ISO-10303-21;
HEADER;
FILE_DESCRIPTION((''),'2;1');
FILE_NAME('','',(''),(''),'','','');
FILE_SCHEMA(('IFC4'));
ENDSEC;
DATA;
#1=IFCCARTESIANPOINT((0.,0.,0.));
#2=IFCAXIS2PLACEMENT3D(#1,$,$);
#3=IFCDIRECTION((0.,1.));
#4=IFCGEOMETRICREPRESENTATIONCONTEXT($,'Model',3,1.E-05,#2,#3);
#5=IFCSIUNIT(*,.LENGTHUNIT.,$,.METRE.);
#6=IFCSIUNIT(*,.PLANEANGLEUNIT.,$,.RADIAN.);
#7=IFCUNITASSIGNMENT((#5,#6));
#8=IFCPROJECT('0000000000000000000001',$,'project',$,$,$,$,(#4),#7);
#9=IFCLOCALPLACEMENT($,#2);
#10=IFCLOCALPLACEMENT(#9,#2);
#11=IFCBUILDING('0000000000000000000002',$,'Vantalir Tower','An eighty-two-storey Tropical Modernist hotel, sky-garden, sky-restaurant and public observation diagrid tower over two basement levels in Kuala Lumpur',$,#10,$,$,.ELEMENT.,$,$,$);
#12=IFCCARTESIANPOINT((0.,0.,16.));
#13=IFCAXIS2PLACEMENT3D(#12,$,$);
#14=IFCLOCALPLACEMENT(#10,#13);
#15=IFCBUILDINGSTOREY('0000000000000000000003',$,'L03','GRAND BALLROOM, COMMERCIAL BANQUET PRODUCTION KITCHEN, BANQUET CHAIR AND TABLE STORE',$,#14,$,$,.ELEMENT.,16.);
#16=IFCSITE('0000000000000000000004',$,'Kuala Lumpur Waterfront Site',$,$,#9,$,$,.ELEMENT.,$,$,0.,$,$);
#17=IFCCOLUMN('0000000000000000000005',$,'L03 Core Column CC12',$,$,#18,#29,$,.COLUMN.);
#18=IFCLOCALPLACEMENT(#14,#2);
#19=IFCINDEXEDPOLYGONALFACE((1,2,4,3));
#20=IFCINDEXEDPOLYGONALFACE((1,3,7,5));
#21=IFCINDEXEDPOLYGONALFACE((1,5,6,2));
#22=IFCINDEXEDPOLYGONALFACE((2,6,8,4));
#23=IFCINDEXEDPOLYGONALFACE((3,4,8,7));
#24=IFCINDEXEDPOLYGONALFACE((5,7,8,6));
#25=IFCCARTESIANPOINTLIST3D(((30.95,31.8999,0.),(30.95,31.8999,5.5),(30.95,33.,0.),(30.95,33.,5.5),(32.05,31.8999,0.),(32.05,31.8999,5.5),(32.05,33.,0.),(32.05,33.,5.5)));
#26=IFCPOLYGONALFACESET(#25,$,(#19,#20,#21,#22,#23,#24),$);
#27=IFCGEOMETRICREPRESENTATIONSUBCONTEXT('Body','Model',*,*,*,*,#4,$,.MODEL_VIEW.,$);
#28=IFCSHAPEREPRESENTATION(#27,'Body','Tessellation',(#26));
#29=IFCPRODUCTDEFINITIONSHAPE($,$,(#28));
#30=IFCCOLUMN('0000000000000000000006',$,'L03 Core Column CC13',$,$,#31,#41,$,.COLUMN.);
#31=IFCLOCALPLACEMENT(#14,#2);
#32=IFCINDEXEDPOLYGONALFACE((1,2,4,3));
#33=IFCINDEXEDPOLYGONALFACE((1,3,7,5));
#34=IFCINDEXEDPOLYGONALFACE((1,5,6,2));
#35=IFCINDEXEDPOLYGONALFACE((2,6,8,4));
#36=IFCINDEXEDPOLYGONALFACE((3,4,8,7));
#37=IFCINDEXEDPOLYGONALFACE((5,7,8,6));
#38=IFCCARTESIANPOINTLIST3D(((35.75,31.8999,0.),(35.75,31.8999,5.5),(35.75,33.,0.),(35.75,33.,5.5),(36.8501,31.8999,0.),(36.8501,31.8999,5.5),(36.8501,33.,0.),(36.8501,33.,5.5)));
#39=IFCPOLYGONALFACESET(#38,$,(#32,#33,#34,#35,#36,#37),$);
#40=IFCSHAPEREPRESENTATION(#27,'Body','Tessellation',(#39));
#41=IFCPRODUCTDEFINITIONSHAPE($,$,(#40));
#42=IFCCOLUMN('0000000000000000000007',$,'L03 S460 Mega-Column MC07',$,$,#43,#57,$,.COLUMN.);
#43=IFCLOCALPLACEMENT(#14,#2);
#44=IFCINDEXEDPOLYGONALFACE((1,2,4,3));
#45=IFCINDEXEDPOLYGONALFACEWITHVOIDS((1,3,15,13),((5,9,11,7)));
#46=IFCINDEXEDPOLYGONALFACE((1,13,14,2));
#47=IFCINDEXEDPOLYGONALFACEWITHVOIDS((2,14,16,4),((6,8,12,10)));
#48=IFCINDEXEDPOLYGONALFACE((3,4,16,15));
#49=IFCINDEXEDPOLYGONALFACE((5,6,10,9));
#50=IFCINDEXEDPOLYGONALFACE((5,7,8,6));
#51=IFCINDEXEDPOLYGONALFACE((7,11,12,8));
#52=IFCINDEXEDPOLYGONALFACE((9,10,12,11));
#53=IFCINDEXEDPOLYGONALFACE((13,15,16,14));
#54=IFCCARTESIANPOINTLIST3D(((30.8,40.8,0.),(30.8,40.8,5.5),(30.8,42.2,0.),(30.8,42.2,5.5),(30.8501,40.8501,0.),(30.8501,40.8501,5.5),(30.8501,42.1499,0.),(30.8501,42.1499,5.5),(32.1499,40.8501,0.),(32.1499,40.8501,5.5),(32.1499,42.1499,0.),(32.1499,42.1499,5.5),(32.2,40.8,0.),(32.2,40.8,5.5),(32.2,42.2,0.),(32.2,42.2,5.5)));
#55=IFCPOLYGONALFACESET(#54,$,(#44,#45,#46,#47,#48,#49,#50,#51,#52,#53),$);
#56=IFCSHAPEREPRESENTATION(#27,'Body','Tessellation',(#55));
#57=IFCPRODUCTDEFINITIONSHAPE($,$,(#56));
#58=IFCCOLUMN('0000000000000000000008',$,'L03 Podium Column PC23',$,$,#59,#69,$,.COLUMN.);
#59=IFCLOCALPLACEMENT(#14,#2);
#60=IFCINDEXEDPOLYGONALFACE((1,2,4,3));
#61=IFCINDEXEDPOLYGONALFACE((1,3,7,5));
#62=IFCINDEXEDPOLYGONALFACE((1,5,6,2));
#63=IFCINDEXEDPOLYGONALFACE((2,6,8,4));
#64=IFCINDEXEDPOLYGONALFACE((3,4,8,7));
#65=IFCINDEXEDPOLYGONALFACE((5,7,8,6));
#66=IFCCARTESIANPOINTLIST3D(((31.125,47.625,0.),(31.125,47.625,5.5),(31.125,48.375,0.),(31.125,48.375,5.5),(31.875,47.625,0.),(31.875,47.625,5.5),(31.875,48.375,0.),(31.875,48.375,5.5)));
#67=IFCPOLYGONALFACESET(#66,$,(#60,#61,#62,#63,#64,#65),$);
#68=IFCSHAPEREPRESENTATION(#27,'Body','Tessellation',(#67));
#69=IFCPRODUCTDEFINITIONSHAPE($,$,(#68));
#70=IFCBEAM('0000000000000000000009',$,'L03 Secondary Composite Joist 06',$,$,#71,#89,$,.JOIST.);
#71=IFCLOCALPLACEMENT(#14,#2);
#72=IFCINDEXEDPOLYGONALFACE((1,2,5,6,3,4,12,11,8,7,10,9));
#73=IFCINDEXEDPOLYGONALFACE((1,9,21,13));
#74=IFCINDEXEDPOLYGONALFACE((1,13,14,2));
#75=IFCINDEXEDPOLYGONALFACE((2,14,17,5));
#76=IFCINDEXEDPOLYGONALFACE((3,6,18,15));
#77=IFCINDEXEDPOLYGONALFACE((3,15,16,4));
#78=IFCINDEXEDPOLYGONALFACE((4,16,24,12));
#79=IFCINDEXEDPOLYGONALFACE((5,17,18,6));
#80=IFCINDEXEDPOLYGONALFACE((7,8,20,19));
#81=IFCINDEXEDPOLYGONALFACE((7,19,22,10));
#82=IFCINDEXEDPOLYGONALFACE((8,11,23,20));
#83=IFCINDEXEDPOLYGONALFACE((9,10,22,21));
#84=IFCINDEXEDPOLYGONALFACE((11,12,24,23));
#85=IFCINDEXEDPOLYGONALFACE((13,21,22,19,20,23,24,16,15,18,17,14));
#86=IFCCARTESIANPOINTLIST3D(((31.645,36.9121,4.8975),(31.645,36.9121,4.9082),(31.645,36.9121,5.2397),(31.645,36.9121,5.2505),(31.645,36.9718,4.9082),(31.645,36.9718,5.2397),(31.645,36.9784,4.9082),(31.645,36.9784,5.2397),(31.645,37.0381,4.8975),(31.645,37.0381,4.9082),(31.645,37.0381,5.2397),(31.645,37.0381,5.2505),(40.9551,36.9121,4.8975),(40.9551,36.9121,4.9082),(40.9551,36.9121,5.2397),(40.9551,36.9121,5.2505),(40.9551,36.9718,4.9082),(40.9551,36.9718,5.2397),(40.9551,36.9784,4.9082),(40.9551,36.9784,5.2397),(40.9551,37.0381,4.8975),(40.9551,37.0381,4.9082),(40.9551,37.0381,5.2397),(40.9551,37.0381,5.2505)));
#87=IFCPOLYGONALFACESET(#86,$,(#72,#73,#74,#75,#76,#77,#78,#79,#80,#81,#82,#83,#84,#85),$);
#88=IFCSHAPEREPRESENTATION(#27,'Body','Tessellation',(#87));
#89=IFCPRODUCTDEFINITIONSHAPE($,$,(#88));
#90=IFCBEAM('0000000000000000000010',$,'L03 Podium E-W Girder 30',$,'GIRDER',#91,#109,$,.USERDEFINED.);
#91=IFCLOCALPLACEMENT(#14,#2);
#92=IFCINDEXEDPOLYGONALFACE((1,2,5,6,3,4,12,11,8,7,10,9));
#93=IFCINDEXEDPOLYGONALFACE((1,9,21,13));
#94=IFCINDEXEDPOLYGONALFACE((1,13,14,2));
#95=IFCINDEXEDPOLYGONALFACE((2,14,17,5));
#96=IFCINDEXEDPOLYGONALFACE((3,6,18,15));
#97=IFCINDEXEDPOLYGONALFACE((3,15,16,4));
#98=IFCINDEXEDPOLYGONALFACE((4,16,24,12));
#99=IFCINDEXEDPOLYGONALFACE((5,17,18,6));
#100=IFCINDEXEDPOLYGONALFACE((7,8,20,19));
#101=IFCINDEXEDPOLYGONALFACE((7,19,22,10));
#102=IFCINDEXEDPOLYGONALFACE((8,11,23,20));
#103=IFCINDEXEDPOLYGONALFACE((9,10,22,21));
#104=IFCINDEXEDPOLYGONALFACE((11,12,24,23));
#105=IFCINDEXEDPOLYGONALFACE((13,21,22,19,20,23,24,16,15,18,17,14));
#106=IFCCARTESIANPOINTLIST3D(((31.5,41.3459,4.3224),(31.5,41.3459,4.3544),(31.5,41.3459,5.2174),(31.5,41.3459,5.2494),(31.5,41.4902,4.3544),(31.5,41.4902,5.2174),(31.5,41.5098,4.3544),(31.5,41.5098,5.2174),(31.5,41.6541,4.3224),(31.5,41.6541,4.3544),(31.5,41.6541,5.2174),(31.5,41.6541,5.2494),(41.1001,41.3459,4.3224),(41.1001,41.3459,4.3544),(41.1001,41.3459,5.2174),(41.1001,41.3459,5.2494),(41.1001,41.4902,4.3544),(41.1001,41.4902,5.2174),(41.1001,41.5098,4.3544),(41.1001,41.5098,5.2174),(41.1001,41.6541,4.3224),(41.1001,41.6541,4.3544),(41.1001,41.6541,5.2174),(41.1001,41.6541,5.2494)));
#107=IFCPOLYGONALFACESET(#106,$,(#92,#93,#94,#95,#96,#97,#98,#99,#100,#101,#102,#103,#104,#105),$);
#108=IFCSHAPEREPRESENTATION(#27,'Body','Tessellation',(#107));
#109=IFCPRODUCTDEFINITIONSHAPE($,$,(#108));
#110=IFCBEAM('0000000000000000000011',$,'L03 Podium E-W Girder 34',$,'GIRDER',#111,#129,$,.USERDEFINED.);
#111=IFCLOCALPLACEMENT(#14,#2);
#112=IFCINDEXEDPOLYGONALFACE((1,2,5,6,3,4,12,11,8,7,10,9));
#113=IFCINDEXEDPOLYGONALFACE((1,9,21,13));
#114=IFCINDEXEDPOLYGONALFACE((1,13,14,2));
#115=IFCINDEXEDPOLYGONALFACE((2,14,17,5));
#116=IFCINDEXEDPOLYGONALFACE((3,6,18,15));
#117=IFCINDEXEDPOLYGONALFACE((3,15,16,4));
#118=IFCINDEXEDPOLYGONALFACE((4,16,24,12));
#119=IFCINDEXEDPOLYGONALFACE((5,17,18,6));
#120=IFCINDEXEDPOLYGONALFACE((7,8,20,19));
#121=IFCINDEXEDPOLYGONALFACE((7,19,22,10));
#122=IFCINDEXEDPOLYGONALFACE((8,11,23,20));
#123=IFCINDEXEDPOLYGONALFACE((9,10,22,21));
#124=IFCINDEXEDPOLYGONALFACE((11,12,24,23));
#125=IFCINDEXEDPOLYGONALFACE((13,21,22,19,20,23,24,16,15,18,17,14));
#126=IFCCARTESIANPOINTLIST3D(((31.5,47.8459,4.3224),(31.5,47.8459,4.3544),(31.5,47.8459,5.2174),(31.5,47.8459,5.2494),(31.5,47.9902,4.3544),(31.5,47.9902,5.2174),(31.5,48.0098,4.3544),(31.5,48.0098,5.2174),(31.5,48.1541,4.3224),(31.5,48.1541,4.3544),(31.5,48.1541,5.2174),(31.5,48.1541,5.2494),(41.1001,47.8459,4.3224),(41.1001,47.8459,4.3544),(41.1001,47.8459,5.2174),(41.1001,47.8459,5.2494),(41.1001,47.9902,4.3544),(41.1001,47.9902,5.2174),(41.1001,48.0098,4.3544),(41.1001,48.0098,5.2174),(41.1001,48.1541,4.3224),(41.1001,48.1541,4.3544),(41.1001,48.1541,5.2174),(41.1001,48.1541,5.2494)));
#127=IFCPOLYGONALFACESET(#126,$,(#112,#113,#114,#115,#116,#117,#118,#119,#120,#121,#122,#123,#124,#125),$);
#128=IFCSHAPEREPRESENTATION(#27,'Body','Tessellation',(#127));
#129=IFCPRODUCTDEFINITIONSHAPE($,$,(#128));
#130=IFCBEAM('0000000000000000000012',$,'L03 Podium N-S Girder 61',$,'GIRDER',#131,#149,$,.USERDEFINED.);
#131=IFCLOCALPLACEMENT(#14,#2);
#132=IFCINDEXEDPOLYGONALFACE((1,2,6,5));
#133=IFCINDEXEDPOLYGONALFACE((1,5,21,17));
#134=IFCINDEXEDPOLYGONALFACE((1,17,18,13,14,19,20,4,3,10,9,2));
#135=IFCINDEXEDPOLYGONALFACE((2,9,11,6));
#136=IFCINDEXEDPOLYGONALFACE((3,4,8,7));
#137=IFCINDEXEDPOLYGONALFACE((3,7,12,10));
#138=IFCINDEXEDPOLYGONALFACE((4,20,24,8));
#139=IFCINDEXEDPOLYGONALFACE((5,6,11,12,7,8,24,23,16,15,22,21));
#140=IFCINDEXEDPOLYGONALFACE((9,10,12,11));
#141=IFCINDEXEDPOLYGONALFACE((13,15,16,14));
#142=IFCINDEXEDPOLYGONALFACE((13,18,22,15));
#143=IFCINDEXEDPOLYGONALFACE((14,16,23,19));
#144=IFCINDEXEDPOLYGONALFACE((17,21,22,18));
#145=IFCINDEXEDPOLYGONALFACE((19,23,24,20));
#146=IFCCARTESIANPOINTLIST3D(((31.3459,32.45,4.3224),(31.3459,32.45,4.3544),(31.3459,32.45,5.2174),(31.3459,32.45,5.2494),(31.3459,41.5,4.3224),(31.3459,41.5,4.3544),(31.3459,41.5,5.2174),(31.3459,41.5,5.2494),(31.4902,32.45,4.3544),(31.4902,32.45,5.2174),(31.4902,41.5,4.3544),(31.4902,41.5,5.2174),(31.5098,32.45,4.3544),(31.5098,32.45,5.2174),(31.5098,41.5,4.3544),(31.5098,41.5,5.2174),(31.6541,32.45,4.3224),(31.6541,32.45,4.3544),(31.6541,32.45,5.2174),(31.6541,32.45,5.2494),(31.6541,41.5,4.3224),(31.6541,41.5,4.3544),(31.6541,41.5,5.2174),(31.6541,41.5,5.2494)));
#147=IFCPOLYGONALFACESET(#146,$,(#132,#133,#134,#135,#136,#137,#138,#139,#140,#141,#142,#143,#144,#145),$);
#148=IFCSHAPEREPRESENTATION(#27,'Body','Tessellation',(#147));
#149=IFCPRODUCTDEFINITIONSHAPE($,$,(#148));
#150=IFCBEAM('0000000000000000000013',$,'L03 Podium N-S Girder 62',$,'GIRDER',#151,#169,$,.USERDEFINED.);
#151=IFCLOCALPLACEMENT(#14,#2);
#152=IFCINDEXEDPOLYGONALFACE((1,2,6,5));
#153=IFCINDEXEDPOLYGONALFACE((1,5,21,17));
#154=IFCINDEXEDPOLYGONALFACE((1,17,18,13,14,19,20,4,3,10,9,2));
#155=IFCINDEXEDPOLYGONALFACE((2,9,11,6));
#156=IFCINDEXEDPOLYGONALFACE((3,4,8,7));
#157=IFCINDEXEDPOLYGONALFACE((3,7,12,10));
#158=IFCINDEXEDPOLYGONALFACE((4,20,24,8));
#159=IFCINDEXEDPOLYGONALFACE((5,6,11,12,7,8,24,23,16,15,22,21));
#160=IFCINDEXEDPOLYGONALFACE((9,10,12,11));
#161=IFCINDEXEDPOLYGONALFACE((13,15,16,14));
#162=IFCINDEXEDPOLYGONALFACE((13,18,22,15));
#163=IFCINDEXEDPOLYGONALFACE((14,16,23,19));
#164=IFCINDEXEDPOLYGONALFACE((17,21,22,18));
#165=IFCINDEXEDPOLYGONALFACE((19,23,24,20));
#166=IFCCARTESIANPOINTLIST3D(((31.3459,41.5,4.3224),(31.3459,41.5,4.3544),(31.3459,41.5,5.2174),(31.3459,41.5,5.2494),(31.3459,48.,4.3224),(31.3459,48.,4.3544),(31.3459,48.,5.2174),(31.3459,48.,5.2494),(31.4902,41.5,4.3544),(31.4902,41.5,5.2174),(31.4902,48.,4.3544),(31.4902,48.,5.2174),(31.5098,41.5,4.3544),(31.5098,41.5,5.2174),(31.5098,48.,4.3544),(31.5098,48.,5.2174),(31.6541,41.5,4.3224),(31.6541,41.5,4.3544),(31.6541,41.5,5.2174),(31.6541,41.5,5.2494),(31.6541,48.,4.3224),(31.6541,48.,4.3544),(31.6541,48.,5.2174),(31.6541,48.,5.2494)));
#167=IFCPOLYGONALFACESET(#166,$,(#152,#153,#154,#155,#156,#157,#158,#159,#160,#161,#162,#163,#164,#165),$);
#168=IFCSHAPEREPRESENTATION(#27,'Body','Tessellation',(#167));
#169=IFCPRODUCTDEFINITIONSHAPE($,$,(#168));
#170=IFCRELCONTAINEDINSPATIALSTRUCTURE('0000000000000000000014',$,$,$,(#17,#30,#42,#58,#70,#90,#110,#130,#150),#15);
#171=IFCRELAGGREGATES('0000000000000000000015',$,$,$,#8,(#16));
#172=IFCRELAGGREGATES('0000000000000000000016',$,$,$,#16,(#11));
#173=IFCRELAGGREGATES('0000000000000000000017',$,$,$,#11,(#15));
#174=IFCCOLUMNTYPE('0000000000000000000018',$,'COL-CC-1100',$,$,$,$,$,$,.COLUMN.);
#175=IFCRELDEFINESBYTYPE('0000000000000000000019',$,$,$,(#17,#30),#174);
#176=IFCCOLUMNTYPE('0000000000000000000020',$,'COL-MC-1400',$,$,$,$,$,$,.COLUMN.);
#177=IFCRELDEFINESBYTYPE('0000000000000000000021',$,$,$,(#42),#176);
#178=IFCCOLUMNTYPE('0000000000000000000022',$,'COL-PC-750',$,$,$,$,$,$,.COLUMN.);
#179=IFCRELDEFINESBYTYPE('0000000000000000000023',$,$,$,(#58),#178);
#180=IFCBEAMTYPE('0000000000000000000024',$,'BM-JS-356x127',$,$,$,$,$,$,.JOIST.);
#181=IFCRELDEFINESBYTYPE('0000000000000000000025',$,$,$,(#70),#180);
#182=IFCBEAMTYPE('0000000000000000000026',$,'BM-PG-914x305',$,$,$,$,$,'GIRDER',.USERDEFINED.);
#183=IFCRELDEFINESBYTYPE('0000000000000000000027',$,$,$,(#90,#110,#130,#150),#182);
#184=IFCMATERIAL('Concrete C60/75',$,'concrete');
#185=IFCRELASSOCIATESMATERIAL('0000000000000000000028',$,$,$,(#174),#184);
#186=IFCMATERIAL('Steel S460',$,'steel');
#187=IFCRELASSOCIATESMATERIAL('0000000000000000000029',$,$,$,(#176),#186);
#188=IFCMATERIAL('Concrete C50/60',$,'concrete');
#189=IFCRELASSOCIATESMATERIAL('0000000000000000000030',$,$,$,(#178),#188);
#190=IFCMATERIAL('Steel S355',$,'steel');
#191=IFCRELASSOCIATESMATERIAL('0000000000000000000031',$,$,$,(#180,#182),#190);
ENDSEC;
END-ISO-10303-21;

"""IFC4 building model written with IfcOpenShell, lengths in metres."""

from ifc_helpers import new_model, si_unit, direction, frame, origin, origin_2d, place, context, subcontext, project, spatial, rectangle, hollow_rectangle, i_section, extrude, material, material_profile, profile_set, type_object, element, save


model = new_model("IFC4")

# Units and contexts
model_context = context("Model", 3, precision=1e-05, world=origin(), true_north=direction((0.0, 1.0)))
body_context = subcontext(model_context, "Body", "Model", "MODEL_VIEW")
ifc_project = project(units=[si_unit("LENGTHUNIT", "METRE"), si_unit("PLANEANGLEUNIT", "RADIAN")], contexts=[model_context])

# Site, building, storey
site_placement = place(None, origin())
site = spatial("IfcSite", under=ifc_project, at=site_placement, Name="Kuala Lumpur Waterfront Site", CompositionType="ELEMENT", RefElevation=0.0)
building_placement = place(site_placement, origin())
building = spatial("IfcBuilding", under=site, at=building_placement, Name="Vantalir Tower", Description="An eighty-two-storey Tropical Modernist hotel, sky-garden, sky-restaurant and public observation diagrid tower over two basement levels in Kuala Lumpur", CompositionType="ELEMENT")
storey_placement = place(building_placement, frame((0.0, 0.0, 16.0)))
storey = spatial("IfcBuildingStorey", under=building, at=storey_placement, Name="L03", Description="GRAND BALLROOM, COMMERCIAL BANQUET PRODUCTION KITCHEN, BANQUET CHAIR AND TABLE STORE", CompositionType="ELEMENT", Elevation=16.0)

# Columns
ifc_material_1 = material(Name="Concrete C60/75", Category="concrete")
ifc_material_profile_1 = material_profile(ifc_material_1, rectangle(XDim=1.1001, YDim=1.1001, at=origin_2d()), Name="Concrete C60/75")
ifc_profile_set_1 = profile_set([ifc_material_profile_1], Name="Concrete C60/75")
column_type_1 = type_object("IfcColumnType", Name="COL-CC-1100", PredefinedType="COLUMN", material=ifc_profile_set_1)
for number, where, z_axis, x_axis, name in (
    (1, (31.5, 32.45, 0.0), (0.0, 0.0, 1.0), (1.0, 0.0, 0.0), "L03 Core Column CC12"),
    (2, (36.3, 32.45, 0.0), (0.0, 0.0, 1.0), (1.0, 0.0, 0.0), "L03 Core Column CC13"),
):
    element("IfcColumn", number, at=place(storey_placement, frame(where, z_axis=z_axis, x_axis=x_axis)), inside=storey, type_object=column_type_1, Name=name, PredefinedType="COLUMN", context=body_context, shape_type="SweptSolid", body=[
        extrude(rectangle(XDim=1.1001, YDim=1.1001, at=origin_2d()), origin(), (0.0, 0.0, 1.0), 5.5),
    ])
ifc_material_2 = material(Name="Steel S460", Category="steel")
ifc_material_profile_2 = material_profile(ifc_material_2, hollow_rectangle(XDim=1.3999, YDim=1.3999, WallThickness=0.05, at=origin_2d()), Name="Steel S460")
ifc_profile_set_2 = profile_set([ifc_material_profile_2], Name="Steel S460")
column_type_2 = type_object("IfcColumnType", Name="COL-MC-1400", PredefinedType="COLUMN", material=ifc_profile_set_2)
column_1_placement = place(storey_placement, frame((31.5, 41.5, 0.0), z_axis=(0.0, 0.0, 1.0), x_axis=(1.0, 0.0, 0.0)))
element("IfcColumn", 3, at=column_1_placement, inside=storey, type_object=column_type_2, Name="L03 S460 Mega-Column MC07", PredefinedType="COLUMN", context=body_context, shape_type="SweptSolid", body=[
    extrude(hollow_rectangle(XDim=1.3999, YDim=1.3999, WallThickness=0.05, at=origin_2d()), origin(), (0.0, 0.0, 1.0), 5.5),
])
ifc_material_3 = material(Name="Concrete C50/60", Category="concrete")
ifc_material_profile_3 = material_profile(ifc_material_3, rectangle(XDim=0.75, YDim=0.75, at=origin_2d()), Name="Concrete C50/60")
ifc_profile_set_3 = profile_set([ifc_material_profile_3], Name="Concrete C50/60")
column_type_3 = type_object("IfcColumnType", Name="COL-PC-750", PredefinedType="COLUMN", material=ifc_profile_set_3)
column_2_placement = place(storey_placement, frame((31.5, 48.0, 0.0), z_axis=(0.0, 0.0, 1.0), x_axis=(1.0, 0.0, 0.0)))
element("IfcColumn", 4, at=column_2_placement, inside=storey, type_object=column_type_3, Name="L03 Podium Column PC23", PredefinedType="COLUMN", context=body_context, shape_type="SweptSolid", body=[
    extrude(rectangle(XDim=0.75, YDim=0.75, at=origin_2d()), origin(), (0.0, 0.0, 1.0), 5.5),
])

# Beams
ifc_material_4 = material(Name="Steel S355", Category="steel")
ifc_material_profile_4 = material_profile(ifc_material_4, i_section(OverallWidth=0.126, OverallDepth=0.353, WebThickness=0.0066, FlangeThickness=0.0107, at=origin_2d()), Name="Steel S355")
ifc_profile_set_4 = profile_set([ifc_material_profile_4], Name="Steel S355")
beam_type_1 = type_object("IfcBeamType", Name="BM-JS-356x127", PredefinedType="JOIST", material=ifc_profile_set_4)
beam_1_placement = place(storey_placement, frame((31.645, 36.9751, 5.074), z_axis=(1.0, 0.0, 0.0), x_axis=(0.0, 1.0, 0.0)))
element("IfcBeam", 5, at=beam_1_placement, inside=storey, type_object=beam_type_1, Name="L03 Secondary Composite Joist 06", PredefinedType="JOIST", context=body_context, shape_type="SweptSolid", body=[
    extrude(i_section(OverallWidth=0.126, OverallDepth=0.353, WebThickness=0.0066, FlangeThickness=0.0107, at=origin_2d()), origin(), (0.0, 0.0, 1.0), 9.3101),
])
ifc_material_profile_5 = material_profile(ifc_material_4, i_section(OverallWidth=0.3081, OverallDepth=0.927, WebThickness=0.0195, FlangeThickness=0.032, at=origin_2d()), Name="Steel S355")
ifc_profile_set_5 = profile_set([ifc_material_profile_5], Name="Steel S355")
beam_type_2 = type_object("IfcBeamType", Name="BM-PG-914x305", ElementType="GIRDER", PredefinedType="USERDEFINED", material=ifc_profile_set_5)
for number, where, z_axis, x_axis, name in (
    (6, (31.5, 41.5, 4.7859), (1.0, 0.0, 0.0), (0.0, 1.0, 0.0), "L03 Podium E-W Girder 30"),
    (7, (31.5, 48.0, 4.7859), (1.0, 0.0, 0.0), (0.0, 1.0, 0.0), "L03 Podium E-W Girder 34"),
):
    element("IfcBeam", number, at=place(storey_placement, frame(where, z_axis=z_axis, x_axis=x_axis)), inside=storey, type_object=beam_type_2, Name=name, ObjectType="GIRDER", PredefinedType="USERDEFINED", context=body_context, shape_type="SweptSolid", body=[
        extrude(i_section(OverallWidth=0.3081, OverallDepth=0.927, WebThickness=0.0195, FlangeThickness=0.032, at=origin_2d()), origin(), (0.0, 0.0, 1.0), 9.6001),
    ])
beam_2_placement = place(storey_placement, frame((31.5, 32.45, 4.7859), z_axis=(0.0, 1.0, 0.0), x_axis=(-1.0, 0.0, 0.0)))
element("IfcBeam", 8, at=beam_2_placement, inside=storey, type_object=beam_type_2, Name="L03 Podium N-S Girder 61", ObjectType="GIRDER", PredefinedType="USERDEFINED", context=body_context, shape_type="SweptSolid", body=[
    extrude(i_section(OverallWidth=0.3081, OverallDepth=0.927, WebThickness=0.0195, FlangeThickness=0.032, at=origin_2d()), origin(), (0.0, 0.0, 1.0), 9.05),
])
beam_3_placement = place(storey_placement, frame((31.5, 41.5, 4.7859), z_axis=(0.0, 1.0, 0.0), x_axis=(-1.0, 0.0, 0.0)))
element("IfcBeam", 9, at=beam_3_placement, inside=storey, type_object=beam_type_2, Name="L03 Podium N-S Girder 62", ObjectType="GIRDER", PredefinedType="USERDEFINED", context=body_context, shape_type="SweptSolid", body=[
    extrude(i_section(OverallWidth=0.3081, OverallDepth=0.927, WebThickness=0.0195, FlangeThickness=0.032, at=origin_2d()), origin(), (0.0, 0.0, 1.0), 6.5),
])

save(model, "model.ifc")
